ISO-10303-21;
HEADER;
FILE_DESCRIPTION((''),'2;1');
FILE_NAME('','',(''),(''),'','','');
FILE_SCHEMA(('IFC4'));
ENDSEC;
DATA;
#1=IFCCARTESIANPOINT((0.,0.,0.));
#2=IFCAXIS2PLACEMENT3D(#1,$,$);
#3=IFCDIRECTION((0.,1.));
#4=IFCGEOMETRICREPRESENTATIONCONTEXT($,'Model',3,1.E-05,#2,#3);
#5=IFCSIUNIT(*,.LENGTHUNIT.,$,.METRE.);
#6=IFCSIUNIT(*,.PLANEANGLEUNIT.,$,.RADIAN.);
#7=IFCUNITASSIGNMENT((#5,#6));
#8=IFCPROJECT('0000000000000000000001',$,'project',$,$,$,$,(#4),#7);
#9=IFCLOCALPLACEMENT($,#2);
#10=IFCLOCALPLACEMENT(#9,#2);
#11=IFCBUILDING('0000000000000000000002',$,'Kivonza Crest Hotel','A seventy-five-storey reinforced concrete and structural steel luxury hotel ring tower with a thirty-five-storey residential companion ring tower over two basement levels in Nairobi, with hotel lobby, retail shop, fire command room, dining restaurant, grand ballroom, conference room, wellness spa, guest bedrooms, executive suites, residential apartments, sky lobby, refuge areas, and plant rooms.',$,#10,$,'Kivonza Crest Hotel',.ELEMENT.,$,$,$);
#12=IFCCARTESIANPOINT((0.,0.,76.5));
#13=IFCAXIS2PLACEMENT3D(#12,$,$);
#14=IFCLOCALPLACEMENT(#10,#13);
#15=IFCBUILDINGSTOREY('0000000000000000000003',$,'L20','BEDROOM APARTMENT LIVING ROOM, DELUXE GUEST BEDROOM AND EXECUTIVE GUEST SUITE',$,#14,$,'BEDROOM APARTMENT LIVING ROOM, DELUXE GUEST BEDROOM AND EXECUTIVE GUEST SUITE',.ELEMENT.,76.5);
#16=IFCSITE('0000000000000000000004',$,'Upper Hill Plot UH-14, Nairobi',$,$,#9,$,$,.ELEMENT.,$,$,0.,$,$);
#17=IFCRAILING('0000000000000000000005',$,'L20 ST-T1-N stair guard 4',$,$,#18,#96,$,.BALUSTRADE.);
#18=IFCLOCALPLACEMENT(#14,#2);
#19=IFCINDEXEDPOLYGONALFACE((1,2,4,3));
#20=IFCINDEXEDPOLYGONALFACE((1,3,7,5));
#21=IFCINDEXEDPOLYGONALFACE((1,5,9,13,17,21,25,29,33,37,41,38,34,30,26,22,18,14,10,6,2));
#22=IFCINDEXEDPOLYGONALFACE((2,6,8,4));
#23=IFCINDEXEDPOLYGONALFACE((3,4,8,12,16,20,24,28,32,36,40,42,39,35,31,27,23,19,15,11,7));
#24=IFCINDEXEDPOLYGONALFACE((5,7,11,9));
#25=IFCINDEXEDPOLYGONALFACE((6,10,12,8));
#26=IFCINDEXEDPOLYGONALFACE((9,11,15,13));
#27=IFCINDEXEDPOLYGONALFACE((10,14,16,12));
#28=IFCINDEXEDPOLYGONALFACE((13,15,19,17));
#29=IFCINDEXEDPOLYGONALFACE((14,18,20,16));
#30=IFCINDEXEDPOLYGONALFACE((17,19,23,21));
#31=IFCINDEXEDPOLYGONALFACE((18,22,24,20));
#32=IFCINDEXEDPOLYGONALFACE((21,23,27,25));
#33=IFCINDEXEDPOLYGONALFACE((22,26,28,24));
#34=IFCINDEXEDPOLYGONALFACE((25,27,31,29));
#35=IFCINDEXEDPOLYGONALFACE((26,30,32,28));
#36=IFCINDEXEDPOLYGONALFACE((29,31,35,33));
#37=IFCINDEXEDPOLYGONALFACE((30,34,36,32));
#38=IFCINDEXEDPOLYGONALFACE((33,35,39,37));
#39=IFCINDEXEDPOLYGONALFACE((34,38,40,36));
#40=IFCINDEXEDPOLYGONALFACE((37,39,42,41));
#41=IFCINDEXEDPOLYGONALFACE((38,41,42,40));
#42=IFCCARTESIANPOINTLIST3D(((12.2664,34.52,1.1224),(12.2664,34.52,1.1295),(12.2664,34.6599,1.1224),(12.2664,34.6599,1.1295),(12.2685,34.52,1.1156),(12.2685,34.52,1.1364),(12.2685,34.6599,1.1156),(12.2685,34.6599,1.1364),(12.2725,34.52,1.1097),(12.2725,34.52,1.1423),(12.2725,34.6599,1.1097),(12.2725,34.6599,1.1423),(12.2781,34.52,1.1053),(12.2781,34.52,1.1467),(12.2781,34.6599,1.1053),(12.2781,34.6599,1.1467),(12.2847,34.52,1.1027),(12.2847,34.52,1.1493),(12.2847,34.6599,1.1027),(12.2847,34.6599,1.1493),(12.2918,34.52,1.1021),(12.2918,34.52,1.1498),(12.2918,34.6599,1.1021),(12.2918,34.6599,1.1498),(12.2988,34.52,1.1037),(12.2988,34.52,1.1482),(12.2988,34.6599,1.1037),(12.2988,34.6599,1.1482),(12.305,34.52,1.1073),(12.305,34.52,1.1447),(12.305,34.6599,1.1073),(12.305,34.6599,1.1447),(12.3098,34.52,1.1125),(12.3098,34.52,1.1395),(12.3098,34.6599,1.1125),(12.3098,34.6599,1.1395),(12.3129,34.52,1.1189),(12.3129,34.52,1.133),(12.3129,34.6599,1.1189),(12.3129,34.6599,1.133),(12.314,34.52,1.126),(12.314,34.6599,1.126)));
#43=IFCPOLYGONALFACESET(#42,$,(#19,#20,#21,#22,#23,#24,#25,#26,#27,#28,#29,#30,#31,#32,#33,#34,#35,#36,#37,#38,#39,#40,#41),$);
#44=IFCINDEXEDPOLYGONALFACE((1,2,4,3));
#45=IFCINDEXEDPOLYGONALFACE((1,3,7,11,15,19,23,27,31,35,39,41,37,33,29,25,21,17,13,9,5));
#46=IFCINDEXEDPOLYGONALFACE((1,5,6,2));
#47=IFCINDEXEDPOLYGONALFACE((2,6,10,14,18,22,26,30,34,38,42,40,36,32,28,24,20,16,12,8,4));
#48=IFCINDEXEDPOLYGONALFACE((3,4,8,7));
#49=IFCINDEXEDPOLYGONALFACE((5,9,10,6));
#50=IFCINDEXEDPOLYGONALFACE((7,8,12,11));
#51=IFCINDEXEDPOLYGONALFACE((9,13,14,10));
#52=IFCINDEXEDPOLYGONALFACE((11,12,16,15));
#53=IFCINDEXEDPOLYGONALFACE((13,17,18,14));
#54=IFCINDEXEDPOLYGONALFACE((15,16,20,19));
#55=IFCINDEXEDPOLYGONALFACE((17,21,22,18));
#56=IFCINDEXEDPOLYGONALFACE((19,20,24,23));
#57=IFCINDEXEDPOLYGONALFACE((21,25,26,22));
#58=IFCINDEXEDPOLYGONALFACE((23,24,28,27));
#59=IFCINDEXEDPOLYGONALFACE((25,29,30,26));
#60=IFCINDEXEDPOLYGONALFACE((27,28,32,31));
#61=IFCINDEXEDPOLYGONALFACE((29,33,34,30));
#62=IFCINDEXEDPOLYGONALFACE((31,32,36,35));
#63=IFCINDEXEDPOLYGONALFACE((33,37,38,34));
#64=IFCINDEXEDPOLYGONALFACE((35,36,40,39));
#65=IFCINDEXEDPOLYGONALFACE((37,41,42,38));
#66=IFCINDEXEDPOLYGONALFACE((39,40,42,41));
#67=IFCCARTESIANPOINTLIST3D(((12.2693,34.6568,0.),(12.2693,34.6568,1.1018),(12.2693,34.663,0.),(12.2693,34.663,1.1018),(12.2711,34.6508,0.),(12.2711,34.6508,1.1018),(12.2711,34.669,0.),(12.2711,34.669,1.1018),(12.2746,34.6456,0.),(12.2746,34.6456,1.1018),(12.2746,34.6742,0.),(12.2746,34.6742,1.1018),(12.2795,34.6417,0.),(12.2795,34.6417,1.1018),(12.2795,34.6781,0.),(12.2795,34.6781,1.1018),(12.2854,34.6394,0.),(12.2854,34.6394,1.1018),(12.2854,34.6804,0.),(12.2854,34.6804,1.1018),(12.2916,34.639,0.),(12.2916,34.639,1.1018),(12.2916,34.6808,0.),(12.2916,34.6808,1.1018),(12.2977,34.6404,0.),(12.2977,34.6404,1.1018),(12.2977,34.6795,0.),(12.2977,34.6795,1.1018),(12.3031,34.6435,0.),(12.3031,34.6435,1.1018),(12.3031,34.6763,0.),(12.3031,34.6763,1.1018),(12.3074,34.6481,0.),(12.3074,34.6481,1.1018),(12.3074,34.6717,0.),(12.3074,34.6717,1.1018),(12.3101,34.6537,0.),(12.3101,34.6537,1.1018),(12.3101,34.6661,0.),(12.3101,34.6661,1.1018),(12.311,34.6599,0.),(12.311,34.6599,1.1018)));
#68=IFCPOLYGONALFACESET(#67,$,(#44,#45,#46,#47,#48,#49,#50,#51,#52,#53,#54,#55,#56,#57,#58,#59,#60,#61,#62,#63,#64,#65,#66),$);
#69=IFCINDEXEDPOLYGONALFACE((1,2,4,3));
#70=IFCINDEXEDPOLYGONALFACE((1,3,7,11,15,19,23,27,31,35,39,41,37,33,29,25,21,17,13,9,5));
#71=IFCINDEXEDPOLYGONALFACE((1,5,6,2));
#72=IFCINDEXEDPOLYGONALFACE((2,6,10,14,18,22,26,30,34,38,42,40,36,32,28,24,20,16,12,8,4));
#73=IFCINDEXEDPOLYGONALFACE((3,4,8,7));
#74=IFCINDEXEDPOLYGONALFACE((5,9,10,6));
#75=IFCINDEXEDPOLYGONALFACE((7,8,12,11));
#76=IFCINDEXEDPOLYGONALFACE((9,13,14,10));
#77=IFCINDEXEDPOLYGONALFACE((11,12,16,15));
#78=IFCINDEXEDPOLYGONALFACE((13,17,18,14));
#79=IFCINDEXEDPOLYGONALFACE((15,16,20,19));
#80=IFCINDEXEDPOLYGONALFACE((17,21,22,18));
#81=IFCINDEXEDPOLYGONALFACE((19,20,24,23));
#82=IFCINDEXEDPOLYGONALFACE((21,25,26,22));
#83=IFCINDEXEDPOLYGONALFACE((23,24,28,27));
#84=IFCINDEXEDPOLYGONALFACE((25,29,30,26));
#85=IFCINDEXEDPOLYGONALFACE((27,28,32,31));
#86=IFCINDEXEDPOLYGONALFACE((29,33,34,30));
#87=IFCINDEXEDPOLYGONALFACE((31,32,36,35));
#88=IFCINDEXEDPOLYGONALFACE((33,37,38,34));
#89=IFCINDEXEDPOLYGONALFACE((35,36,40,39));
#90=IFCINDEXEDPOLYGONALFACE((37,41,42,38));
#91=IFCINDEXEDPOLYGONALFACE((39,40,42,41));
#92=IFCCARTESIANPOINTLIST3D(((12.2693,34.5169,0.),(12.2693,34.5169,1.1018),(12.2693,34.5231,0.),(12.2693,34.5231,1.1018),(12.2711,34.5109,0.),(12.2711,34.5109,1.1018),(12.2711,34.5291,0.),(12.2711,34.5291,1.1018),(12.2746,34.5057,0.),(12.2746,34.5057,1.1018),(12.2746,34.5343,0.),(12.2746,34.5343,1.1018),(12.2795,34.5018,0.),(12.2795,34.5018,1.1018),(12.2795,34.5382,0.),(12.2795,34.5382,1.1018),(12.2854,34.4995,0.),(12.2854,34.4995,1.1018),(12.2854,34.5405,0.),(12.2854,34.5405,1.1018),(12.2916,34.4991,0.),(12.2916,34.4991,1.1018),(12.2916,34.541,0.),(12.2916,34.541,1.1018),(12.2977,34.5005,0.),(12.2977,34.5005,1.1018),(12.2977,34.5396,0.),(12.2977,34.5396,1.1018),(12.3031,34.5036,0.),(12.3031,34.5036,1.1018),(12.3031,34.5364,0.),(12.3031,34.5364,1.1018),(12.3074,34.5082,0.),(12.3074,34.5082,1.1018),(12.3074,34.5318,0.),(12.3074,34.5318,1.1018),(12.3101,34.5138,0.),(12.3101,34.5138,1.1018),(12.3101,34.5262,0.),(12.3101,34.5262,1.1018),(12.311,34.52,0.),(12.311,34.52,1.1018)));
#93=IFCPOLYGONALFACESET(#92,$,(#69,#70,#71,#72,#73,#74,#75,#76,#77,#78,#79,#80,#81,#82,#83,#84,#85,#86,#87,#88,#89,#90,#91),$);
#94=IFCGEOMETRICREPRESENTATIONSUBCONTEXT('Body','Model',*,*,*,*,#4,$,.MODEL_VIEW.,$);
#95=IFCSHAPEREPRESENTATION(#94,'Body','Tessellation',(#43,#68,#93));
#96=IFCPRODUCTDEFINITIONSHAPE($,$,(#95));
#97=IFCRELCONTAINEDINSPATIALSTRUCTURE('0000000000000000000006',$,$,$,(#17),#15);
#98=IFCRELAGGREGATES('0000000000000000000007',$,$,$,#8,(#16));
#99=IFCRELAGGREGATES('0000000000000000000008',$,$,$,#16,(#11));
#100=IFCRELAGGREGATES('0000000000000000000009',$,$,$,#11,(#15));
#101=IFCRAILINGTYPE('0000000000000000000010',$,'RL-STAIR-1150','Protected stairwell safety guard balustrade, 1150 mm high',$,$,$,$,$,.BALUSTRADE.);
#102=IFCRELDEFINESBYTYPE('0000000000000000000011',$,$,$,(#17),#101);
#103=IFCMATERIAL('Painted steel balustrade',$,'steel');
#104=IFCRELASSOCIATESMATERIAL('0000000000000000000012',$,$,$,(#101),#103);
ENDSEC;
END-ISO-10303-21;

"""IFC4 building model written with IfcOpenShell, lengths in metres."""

from ifc_helpers import new_model, si_unit, direction, frame, origin, origin_2d, place, context, subcontext, project, spatial, circle, extrude, material, type_object, element, save


model = new_model("IFC4")

# Units and contexts
model_context = context("Model", 3, precision=1e-05, world=origin(), true_north=direction((0.0, 1.0)))
body_context = subcontext(model_context, "Body", "Model", "MODEL_VIEW")
ifc_project = project(units=[si_unit("LENGTHUNIT", "METRE"), si_unit("PLANEANGLEUNIT", "RADIAN")], contexts=[model_context])

# Site, building, storey
site_placement = place(None, origin())
site = spatial("IfcSite", under=ifc_project, at=site_placement, Name="Upper Hill Plot UH-14, Nairobi", CompositionType="ELEMENT", RefElevation=0.0)
building_placement = place(site_placement, origin())
building = spatial("IfcBuilding", under=site, at=building_placement, Name="Kivonza Crest Hotel", Description="A seventy-five-storey reinforced concrete and structural steel luxury hotel ring tower with a thirty-five-storey residential companion ring tower over two basement levels in Nairobi, with hotel lobby, retail shop, fire command room, dining restaurant, grand ballroom, conference room, wellness spa, guest bedrooms, executive suites, residential apartments, sky lobby, refuge areas, and plant rooms.", LongName="Kivonza Crest Hotel", CompositionType="ELEMENT")
storey_placement = place(building_placement, frame((0.0, 0.0, 76.5)))
storey = spatial("IfcBuildingStorey", under=building, at=storey_placement, Name="L20", Description="BEDROOM APARTMENT LIVING ROOM, DELUXE GUEST BEDROOM AND EXECUTIVE GUEST SUITE", LongName="BEDROOM APARTMENT LIVING ROOM, DELUXE GUEST BEDROOM AND EXECUTIVE GUEST SUITE", CompositionType="ELEMENT", Elevation=76.5)

# Railing
ifc_material_1 = material(Name="Painted steel balustrade", Category="steel")
railing_type_1 = type_object("IfcRailingType", Name="RL-STAIR-1150", Description="Protected stairwell safety guard balustrade, 1150 mm high", PredefinedType="BALUSTRADE", material=ifc_material_1)
railing_1_placement = place(storey_placement, frame((12.29, 34.6599, 0.0)))
element("IfcRailing", 1, at=railing_1_placement, inside=storey, type_object=railing_type_1, Name="L20 ST-T1-N stair guard 4", PredefinedType="BALUSTRADE", context=body_context, shape_type="SweptSolid", body=[
    extrude(circle(Radius=0.0239, at=origin_2d()), frame((0.0, 0.0, 1.126), z_axis=(0.0, -1.0, 0.0), x_axis=(1.0, 0.0, 0.0)), (0.0, 0.0, 1.0), 0.1399),
    extrude(circle(Radius=0.021, at=origin_2d()), origin(), (0.0, 0.0, 1.0), 1.1018),
    extrude(circle(Radius=0.021, at=origin_2d()), frame((0.0, -0.1399, 0.0)), (0.0, 0.0, 1.0), 1.1018),
])

save(model, "model.ifc")
